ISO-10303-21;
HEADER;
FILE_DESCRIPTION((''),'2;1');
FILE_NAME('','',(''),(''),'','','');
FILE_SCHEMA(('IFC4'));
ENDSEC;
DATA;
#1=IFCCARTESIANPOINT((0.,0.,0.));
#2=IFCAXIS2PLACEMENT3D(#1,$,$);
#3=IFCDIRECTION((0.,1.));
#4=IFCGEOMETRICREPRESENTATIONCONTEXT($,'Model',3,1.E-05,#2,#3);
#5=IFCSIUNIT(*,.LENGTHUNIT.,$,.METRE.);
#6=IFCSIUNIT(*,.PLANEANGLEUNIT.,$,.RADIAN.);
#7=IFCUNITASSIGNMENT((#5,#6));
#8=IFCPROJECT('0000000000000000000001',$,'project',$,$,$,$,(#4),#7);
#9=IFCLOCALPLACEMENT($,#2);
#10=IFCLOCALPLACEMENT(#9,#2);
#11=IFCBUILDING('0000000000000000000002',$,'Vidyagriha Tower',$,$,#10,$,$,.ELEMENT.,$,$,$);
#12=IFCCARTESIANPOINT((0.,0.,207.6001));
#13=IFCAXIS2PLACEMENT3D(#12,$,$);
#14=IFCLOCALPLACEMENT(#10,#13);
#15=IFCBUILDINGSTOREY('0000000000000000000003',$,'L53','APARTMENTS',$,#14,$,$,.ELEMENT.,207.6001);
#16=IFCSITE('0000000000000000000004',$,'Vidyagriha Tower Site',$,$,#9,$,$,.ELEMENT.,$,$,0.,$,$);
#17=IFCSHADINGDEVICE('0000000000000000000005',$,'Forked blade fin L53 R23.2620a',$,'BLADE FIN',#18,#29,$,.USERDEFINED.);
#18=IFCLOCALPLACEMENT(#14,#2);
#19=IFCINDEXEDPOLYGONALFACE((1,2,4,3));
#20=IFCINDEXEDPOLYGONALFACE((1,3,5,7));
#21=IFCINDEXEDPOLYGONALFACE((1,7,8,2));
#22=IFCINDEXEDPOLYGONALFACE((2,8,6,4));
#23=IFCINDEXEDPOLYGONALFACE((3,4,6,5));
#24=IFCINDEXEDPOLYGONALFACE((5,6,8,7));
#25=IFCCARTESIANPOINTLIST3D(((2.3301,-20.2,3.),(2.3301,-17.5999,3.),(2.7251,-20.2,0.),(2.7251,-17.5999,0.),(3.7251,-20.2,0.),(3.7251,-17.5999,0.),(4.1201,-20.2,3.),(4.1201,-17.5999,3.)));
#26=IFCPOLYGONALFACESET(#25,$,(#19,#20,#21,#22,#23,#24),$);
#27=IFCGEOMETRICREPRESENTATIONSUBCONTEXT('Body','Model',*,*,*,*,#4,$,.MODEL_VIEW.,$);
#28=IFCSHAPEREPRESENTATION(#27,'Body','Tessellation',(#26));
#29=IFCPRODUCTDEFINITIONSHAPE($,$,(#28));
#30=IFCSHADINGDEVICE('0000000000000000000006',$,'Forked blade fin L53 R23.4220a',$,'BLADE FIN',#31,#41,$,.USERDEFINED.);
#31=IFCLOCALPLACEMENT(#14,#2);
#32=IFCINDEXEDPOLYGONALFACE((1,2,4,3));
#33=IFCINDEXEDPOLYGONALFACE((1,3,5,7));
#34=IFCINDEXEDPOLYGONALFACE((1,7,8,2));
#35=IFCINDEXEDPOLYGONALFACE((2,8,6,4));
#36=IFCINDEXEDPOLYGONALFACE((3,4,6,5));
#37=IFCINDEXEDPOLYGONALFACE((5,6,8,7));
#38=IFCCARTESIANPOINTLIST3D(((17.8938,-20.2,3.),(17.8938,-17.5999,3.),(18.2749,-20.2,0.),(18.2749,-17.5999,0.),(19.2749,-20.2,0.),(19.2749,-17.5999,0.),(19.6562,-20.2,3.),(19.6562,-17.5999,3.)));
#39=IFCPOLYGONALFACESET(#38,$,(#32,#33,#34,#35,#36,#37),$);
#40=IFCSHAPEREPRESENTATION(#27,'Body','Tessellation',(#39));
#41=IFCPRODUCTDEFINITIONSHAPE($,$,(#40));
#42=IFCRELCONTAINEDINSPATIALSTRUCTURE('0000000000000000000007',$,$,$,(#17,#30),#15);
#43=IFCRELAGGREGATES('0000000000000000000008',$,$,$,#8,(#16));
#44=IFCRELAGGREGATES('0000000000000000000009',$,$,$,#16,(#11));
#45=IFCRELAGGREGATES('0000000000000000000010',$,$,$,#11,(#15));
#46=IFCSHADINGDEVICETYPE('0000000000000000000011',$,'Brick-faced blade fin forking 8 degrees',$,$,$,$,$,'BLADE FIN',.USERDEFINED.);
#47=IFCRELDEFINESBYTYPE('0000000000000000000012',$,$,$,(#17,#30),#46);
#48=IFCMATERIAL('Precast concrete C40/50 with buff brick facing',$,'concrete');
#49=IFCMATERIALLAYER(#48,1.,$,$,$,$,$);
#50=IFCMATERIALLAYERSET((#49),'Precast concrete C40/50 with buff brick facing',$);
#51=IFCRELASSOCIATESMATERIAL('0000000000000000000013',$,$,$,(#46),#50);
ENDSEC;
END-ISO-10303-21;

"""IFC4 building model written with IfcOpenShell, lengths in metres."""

from ifc_helpers import new_model, si_unit, direction, frame, origin, place, context, subcontext, project, spatial, polyline, outline, extrude, material, layer, layer_set, type_object, element, save


model = new_model("IFC4")

# Units and contexts
model_context = context("Model", 3, precision=1e-05, world=origin(), true_north=direction((0.0, 1.0)))
body_context = subcontext(model_context, "Body", "Model", "MODEL_VIEW")
ifc_project = project(units=[si_unit("LENGTHUNIT", "METRE"), si_unit("PLANEANGLEUNIT", "RADIAN")], contexts=[model_context])

# Site, building, storey
site_placement = place(None, origin())
site = spatial("IfcSite", under=ifc_project, at=site_placement, Name="Vidyagriha Tower Site", CompositionType="ELEMENT", RefElevation=0.0)
building_placement = place(site_placement, origin())
building = spatial("IfcBuilding", under=site, at=building_placement, Name="Vidyagriha Tower", CompositionType="ELEMENT")
storey_placement = place(building_placement, frame((0.0, 0.0, 207.6001)))
storey = spatial("IfcBuildingStorey", under=building, at=storey_placement, Name="L53", Description="APARTMENTS", CompositionType="ELEMENT", Elevation=207.6001)

# Shading devices
ifc_material_1 = material(Name="Precast concrete C40/50 with buff brick facing", Category="concrete")
ifc_layer_1 = layer(ifc_material_1, 1.0)
ifc_layer_set_1 = layer_set([ifc_layer_1], Name="Precast concrete C40/50 with buff brick facing")
shading_device_type_1 = type_object("IfcShadingDeviceType", Name="Brick-faced blade fin forking 8 degrees", ElementType="BLADE FIN", PredefinedType="USERDEFINED", material=ifc_layer_set_1)
shading_device_1_placement = place(storey_placement, frame((2.3301, -18.8999, 0.0)))
element("IfcShadingDevice", 1, at=shading_device_1_placement, inside=storey, type_object=shading_device_type_1, Name="Forked blade fin L53 R23.2620a", ObjectType="BLADE FIN", PredefinedType="USERDEFINED", context=body_context, shape_type="SweptSolid", body=[
    extrude(outline(polyline([(0.395, 0.0), (1.395, 0.0), (1.79, 3.0), (0.0, 3.0), (0.395, 0.0)])), frame((0.0, 1.3, 0.0), z_axis=(0.0, -1.0, 0.0), x_axis=(1.0, 0.0, 0.0)), (0.0, 0.0, 1.0), 2.6001),
])
shading_device_2_placement = place(storey_placement, frame((17.8938, -18.8999, 0.0)))
element("IfcShadingDevice", 2, at=shading_device_2_placement, inside=storey, type_object=shading_device_type_1, Name="Forked blade fin L53 R23.4220a", ObjectType="BLADE FIN", PredefinedType="USERDEFINED", context=body_context, shape_type="SweptSolid", body=[
    extrude(outline(polyline([(0.3811, 0.0), (1.3811, 0.0), (1.7625, 3.0), (0.0, 3.0), (0.3811, 0.0)])), frame((0.0, 1.3, 0.0), z_axis=(0.0, -1.0, 0.0), x_axis=(1.0, 0.0, 0.0)), (0.0, 0.0, 1.0), 2.6001),
])

save(model, "model.ifc")
